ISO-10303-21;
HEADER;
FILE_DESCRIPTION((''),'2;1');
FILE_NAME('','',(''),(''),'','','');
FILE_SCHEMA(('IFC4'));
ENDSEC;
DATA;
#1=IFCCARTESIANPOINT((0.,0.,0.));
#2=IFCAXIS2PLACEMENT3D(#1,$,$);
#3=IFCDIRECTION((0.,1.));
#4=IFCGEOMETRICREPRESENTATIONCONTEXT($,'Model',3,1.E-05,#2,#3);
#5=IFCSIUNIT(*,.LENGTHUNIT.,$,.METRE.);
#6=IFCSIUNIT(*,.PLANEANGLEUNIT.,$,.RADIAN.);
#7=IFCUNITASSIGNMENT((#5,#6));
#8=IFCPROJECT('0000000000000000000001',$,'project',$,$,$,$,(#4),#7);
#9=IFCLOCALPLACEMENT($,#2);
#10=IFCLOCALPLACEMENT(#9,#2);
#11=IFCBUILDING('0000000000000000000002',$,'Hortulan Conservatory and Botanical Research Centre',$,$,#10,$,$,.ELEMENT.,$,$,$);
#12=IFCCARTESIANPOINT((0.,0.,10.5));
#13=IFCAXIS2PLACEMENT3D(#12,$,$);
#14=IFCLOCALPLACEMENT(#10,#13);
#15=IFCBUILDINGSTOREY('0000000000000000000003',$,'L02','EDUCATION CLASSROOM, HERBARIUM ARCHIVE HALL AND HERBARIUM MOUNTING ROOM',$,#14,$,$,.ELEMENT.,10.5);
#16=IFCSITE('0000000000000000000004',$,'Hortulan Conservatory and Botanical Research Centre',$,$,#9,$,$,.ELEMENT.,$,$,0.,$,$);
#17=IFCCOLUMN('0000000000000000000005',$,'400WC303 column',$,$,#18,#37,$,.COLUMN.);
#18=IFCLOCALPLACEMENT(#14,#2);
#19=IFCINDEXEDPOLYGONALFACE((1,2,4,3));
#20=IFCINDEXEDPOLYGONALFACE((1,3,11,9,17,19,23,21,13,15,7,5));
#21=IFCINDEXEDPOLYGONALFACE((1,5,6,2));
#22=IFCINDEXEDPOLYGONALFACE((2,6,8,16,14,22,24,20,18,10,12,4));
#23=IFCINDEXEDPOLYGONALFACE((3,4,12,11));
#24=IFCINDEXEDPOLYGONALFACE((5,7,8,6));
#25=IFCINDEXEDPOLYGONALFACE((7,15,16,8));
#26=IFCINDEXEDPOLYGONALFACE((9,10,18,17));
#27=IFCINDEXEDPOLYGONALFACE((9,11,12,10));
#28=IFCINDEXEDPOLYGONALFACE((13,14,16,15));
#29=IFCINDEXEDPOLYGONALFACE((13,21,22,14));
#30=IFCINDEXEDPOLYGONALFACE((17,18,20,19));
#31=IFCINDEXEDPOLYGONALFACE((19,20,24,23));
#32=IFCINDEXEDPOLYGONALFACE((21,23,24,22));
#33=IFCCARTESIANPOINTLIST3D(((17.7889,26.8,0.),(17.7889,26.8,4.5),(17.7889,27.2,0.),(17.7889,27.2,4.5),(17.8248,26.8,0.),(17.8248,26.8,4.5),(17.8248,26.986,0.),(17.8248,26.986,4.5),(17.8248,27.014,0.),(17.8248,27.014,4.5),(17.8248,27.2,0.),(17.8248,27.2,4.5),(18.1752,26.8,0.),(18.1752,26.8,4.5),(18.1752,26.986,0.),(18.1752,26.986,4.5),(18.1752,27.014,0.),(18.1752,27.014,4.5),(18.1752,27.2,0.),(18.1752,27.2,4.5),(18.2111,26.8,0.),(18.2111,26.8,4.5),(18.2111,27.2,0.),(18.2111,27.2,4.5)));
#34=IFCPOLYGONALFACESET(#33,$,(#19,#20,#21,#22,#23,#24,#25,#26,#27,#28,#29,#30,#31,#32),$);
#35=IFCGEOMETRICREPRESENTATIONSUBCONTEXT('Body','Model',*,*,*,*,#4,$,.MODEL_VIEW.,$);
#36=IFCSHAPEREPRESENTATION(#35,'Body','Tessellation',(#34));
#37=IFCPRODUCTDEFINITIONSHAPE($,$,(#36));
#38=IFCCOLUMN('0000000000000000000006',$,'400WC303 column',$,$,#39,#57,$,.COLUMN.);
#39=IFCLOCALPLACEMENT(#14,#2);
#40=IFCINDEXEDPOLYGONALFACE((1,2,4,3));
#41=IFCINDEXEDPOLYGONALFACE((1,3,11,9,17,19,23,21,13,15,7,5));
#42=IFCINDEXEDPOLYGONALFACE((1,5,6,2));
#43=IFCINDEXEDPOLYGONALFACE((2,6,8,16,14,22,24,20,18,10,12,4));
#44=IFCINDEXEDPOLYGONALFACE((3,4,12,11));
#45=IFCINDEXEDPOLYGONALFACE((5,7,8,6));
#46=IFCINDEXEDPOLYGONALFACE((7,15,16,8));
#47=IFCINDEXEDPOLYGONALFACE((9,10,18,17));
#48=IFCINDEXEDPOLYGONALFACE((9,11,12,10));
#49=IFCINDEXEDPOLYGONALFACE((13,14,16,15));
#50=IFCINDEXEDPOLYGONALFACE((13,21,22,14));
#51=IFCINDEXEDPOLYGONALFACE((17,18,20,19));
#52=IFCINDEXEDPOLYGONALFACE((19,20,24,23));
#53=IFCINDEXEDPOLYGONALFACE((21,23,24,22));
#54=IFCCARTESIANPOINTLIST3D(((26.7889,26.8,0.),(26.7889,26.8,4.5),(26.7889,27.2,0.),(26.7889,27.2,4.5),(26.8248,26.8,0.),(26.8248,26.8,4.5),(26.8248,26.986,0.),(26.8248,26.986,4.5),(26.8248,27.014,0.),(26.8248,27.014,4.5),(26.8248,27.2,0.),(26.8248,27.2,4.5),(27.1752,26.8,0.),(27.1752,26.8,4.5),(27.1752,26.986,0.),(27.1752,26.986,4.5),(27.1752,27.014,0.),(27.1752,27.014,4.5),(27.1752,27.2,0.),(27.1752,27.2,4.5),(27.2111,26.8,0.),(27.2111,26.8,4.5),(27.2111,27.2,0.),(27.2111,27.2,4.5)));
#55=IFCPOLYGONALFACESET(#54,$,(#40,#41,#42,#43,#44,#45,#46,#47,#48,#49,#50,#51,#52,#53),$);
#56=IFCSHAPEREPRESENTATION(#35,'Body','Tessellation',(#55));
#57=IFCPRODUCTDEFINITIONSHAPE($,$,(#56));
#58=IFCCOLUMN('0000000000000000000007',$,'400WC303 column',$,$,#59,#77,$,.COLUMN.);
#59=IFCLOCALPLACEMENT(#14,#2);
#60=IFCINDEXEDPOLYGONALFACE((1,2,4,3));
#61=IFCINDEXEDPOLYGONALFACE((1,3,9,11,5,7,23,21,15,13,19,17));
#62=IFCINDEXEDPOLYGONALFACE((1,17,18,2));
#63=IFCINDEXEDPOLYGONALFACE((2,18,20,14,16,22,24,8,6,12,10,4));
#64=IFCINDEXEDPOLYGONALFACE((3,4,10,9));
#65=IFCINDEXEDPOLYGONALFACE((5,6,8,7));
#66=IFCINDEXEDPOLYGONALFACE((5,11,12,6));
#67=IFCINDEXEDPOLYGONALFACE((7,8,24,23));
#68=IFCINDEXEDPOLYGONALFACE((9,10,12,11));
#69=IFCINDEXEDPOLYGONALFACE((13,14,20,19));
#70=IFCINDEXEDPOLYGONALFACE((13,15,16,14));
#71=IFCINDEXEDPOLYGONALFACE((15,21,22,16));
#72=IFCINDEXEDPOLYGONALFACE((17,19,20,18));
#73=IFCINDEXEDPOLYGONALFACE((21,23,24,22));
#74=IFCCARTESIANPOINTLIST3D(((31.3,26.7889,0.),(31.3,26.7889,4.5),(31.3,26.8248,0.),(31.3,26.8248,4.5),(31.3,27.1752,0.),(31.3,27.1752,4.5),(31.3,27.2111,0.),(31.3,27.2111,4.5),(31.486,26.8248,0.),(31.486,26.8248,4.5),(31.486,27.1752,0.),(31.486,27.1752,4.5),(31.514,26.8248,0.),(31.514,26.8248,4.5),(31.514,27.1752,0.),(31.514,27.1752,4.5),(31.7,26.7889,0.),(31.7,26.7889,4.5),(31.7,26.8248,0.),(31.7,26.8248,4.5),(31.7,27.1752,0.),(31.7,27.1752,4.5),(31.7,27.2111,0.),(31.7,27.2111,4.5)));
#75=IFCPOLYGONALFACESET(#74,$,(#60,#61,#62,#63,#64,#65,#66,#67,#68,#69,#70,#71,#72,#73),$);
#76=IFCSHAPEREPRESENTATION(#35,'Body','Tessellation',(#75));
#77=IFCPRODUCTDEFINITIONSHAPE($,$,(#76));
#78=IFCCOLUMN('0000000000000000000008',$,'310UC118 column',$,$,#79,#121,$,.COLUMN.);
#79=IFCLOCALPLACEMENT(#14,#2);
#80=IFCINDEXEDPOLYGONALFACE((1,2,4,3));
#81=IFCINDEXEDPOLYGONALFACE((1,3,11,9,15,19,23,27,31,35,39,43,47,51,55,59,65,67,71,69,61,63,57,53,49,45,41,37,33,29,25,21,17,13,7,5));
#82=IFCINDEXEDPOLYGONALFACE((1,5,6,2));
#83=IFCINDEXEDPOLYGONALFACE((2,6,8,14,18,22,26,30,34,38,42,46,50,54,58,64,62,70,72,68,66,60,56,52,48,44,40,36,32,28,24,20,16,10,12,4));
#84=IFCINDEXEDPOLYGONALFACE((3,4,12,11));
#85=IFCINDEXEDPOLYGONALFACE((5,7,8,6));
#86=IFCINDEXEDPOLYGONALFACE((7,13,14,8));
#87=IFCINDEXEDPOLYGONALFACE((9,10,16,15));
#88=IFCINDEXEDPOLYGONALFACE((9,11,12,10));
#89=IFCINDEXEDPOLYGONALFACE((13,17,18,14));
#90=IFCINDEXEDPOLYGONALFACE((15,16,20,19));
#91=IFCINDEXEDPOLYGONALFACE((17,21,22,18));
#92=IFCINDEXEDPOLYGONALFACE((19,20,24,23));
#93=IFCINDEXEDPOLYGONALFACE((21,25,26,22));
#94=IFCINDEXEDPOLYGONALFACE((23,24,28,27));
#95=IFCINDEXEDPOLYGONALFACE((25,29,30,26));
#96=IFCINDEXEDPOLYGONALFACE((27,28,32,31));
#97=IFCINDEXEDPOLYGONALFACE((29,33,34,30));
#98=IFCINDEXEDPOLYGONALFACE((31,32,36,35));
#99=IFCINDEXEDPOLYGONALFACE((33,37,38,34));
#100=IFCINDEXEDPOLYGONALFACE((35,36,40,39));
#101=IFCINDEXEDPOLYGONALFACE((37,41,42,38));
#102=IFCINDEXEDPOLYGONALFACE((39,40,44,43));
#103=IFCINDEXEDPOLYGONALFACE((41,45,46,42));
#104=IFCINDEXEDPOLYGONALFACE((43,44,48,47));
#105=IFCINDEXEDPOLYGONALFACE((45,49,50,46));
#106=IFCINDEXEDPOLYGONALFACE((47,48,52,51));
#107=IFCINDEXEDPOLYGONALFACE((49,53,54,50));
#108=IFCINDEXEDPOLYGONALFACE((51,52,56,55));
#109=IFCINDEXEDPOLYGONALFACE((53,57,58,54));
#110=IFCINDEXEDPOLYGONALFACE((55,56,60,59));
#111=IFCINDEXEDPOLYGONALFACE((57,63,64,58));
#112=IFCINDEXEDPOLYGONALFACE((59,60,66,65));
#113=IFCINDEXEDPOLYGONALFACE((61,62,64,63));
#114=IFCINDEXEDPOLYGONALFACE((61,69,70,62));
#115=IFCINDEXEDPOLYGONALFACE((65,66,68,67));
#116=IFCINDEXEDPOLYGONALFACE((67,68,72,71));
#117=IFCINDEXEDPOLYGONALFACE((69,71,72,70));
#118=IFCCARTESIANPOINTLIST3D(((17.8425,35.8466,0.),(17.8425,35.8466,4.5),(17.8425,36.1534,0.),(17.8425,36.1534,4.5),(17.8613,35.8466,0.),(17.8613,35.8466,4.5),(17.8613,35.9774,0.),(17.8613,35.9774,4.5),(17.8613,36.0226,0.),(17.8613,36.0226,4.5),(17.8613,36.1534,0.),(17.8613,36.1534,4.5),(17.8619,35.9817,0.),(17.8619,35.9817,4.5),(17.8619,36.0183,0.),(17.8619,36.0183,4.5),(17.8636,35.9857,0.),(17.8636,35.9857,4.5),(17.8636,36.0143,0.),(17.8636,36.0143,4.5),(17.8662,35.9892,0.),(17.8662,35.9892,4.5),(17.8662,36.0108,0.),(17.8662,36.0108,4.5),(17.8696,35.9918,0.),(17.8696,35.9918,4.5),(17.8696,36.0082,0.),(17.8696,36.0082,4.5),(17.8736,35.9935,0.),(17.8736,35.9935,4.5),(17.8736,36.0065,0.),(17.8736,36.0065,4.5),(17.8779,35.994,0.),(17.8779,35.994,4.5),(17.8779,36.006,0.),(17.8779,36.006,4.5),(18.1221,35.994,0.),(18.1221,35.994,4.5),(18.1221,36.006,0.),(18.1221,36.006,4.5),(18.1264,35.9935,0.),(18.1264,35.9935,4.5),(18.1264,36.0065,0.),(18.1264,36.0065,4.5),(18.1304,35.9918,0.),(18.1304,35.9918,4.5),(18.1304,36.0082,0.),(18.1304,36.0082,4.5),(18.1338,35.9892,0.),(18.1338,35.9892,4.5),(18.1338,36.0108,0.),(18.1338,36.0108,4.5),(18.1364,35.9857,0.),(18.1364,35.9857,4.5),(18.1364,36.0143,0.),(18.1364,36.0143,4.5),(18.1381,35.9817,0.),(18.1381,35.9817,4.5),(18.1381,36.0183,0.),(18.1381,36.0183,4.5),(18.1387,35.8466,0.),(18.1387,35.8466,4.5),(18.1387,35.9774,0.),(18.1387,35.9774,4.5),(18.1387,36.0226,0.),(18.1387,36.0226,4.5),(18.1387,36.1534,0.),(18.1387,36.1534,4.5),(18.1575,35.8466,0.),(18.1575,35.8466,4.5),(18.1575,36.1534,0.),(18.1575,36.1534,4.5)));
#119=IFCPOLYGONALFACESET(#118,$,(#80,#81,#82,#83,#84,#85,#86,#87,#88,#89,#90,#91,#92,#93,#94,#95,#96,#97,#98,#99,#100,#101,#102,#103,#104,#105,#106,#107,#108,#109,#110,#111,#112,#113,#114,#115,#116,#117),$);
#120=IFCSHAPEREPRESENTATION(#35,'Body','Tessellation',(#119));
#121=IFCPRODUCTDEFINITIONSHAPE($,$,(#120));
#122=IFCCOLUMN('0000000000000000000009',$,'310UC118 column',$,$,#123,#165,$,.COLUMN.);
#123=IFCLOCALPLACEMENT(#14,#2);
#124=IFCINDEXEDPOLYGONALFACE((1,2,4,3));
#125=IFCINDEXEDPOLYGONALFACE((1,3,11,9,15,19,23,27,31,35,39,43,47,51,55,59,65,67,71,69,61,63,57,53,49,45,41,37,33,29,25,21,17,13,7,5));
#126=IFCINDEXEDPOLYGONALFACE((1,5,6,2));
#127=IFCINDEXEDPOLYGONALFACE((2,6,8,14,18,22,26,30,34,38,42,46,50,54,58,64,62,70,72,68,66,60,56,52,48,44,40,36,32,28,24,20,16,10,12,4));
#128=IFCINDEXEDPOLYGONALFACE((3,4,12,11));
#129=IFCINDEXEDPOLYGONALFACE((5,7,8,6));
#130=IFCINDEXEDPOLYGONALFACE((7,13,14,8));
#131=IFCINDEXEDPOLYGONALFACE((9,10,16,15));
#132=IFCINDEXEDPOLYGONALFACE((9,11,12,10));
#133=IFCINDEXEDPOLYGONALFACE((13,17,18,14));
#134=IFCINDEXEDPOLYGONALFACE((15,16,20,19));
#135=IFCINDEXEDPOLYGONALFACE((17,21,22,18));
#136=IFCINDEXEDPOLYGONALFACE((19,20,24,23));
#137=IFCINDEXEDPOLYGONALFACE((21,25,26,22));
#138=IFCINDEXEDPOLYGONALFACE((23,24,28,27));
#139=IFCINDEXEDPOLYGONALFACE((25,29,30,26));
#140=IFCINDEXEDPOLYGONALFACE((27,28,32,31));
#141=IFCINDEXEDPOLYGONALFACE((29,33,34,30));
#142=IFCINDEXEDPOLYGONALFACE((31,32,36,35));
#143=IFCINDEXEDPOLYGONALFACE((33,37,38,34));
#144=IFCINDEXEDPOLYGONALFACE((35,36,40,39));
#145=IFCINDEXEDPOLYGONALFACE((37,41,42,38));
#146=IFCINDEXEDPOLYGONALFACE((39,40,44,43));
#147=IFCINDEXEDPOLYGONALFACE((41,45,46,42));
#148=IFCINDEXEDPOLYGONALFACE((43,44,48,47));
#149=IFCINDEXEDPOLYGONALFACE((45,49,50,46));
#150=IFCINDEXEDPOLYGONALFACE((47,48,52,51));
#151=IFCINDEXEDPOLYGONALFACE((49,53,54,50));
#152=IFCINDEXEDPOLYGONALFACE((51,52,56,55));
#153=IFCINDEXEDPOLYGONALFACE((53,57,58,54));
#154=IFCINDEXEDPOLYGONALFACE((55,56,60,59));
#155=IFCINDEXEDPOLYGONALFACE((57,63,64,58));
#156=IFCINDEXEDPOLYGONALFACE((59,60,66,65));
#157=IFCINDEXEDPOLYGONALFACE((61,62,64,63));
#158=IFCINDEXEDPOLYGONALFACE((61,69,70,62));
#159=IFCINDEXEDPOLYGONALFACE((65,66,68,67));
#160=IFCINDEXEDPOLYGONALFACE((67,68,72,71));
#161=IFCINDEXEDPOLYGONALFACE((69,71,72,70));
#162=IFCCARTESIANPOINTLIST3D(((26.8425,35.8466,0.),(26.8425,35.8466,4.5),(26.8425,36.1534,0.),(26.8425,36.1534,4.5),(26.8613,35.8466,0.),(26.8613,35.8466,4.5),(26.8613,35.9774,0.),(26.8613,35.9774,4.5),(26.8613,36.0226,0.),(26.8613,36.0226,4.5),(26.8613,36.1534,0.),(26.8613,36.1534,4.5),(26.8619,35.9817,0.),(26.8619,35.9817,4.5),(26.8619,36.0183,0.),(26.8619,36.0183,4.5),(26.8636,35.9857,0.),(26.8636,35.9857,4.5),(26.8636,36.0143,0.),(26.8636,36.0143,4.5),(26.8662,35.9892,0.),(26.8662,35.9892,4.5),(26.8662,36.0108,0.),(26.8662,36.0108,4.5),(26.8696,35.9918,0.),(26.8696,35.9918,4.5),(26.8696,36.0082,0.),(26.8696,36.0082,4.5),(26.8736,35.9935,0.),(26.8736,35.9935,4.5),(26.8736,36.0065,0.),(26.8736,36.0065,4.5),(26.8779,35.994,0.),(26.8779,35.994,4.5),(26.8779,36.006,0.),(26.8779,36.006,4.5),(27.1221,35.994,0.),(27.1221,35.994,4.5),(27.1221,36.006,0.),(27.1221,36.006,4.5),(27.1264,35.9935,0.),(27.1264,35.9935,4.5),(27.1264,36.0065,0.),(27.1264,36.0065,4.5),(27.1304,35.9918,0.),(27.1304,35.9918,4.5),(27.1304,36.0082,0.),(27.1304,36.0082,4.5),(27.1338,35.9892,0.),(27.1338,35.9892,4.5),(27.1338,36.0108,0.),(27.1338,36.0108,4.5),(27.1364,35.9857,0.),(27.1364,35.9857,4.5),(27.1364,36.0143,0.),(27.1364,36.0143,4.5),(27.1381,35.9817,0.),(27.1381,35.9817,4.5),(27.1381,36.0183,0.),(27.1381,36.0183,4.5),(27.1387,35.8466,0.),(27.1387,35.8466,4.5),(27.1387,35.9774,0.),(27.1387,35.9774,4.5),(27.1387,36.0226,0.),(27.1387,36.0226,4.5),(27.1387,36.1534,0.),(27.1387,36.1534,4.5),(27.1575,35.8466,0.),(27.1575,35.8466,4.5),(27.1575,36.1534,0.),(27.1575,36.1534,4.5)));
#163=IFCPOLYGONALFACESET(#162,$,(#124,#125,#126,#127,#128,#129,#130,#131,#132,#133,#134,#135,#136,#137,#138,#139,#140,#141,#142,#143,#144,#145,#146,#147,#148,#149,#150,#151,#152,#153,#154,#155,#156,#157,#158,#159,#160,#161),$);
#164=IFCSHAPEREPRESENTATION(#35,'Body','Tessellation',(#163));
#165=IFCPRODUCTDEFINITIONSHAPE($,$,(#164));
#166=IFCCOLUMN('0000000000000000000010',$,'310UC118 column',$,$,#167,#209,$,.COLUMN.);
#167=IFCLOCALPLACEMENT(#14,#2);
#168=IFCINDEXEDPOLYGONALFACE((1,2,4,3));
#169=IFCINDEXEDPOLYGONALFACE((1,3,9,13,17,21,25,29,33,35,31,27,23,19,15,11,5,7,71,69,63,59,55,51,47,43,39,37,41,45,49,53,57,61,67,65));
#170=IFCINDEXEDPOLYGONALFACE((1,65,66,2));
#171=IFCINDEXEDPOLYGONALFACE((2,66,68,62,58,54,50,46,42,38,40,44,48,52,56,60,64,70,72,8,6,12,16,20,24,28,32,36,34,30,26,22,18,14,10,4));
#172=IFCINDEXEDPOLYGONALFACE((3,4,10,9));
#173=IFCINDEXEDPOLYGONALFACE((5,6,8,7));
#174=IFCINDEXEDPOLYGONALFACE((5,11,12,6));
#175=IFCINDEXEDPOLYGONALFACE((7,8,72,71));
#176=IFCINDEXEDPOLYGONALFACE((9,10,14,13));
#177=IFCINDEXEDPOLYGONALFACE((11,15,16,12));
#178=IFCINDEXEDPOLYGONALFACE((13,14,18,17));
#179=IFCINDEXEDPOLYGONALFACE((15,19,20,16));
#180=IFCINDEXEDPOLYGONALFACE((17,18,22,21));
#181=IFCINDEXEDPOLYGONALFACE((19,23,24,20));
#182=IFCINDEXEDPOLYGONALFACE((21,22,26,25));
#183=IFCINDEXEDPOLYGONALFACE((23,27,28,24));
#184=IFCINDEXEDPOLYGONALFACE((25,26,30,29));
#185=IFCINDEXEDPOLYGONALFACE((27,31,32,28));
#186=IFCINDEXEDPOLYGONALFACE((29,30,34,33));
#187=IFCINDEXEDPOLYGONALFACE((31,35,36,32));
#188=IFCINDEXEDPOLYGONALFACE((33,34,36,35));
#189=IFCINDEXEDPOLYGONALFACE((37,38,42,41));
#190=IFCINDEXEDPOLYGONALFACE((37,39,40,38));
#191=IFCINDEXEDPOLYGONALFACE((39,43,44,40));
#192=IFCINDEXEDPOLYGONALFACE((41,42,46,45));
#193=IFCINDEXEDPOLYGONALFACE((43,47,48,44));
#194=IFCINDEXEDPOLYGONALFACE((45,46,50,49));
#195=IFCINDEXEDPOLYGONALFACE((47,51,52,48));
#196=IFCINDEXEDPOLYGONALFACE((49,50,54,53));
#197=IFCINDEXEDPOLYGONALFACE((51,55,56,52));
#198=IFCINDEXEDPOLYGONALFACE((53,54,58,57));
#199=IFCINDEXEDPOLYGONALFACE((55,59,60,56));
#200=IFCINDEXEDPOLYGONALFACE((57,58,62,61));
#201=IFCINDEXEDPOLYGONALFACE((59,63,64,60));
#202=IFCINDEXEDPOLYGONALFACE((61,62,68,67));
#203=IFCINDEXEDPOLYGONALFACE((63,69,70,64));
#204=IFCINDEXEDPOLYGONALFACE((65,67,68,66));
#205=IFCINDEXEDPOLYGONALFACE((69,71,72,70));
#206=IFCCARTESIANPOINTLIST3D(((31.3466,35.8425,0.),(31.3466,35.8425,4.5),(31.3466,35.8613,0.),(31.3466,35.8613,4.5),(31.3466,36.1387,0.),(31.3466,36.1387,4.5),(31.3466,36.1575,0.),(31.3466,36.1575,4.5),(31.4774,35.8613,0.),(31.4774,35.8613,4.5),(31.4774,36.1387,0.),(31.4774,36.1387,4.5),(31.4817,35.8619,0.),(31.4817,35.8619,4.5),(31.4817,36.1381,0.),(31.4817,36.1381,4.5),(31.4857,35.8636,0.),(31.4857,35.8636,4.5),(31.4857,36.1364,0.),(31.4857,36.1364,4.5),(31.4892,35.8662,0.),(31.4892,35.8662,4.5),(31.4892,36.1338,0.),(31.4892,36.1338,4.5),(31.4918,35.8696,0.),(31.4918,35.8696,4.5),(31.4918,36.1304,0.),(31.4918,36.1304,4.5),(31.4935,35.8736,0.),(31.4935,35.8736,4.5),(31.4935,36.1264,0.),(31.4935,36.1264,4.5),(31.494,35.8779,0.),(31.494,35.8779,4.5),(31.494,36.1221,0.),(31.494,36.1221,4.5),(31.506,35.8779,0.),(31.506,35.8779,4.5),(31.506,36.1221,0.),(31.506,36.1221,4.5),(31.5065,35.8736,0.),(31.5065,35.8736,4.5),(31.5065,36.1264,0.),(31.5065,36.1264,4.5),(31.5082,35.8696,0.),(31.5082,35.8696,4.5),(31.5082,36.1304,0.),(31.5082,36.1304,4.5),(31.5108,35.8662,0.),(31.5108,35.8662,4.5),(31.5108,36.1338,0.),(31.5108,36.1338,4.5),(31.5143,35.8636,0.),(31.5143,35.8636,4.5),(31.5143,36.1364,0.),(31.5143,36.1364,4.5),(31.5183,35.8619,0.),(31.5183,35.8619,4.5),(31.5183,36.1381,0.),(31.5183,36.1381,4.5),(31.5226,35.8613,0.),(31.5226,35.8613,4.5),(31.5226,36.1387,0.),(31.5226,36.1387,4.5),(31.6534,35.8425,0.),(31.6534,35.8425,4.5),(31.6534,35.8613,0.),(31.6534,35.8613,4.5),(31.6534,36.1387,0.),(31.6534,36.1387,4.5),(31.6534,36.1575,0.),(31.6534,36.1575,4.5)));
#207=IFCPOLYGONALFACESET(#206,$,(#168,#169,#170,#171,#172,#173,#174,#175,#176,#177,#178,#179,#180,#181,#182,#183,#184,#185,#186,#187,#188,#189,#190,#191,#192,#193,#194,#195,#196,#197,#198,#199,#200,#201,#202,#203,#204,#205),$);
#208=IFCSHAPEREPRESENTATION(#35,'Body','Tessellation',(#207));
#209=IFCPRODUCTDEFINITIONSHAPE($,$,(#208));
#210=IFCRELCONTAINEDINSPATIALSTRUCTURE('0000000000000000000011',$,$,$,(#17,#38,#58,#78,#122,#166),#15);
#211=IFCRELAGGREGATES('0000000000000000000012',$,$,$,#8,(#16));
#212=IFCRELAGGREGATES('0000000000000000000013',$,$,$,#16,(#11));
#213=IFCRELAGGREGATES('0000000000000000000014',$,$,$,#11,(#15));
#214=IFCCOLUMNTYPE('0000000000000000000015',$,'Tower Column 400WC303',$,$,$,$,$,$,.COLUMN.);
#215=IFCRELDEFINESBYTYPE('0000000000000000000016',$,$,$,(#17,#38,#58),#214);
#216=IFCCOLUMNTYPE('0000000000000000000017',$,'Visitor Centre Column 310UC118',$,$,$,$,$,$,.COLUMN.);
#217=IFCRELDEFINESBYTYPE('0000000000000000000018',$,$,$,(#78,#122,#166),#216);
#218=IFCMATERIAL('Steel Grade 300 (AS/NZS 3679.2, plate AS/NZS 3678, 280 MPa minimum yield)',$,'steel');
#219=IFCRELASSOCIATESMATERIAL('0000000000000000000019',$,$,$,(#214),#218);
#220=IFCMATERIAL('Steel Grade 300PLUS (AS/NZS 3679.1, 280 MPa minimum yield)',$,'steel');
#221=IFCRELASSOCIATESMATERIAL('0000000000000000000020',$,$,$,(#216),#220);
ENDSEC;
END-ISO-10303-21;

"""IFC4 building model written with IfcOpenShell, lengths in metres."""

from ifc_helpers import new_model, si_unit, direction, frame, origin, origin_2d, place, context, subcontext, project, spatial, i_section, extrude, material, material_profile, profile_set, type_object, element, save


model = new_model("IFC4")

# Units and contexts
model_context = context("Model", 3, precision=1e-05, world=origin(), true_north=direction((0.0, 1.0)))
body_context = subcontext(model_context, "Body", "Model", "MODEL_VIEW")
ifc_project = project(units=[si_unit("LENGTHUNIT", "METRE"), si_unit("PLANEANGLEUNIT", "RADIAN")], contexts=[model_context])

# Site, building, storey
site_placement = place(None, origin())
site = spatial("IfcSite", under=ifc_project, at=site_placement, Name="Hortulan Conservatory and Botanical Research Centre", CompositionType="ELEMENT", RefElevation=0.0)
building_placement = place(site_placement, origin())
building = spatial("IfcBuilding", under=site, at=building_placement, Name="Hortulan Conservatory and Botanical Research Centre", CompositionType="ELEMENT")
storey_placement = place(building_placement, frame((0.0, 0.0, 10.5)))
storey = spatial("IfcBuildingStorey", under=building, at=storey_placement, Name="L02", Description="EDUCATION CLASSROOM, HERBARIUM ARCHIVE HALL AND HERBARIUM MOUNTING ROOM", CompositionType="ELEMENT", Elevation=10.5)

# Columns
ifc_material_1 = material(Name="Steel Grade 300 (AS/NZS 3679.2, plate AS/NZS 3678, 280 MPa minimum yield)", Category="steel")
ifc_material_profile_1 = material_profile(ifc_material_1, i_section(OverallWidth=0.3999, OverallDepth=0.4221, WebThickness=0.0281, FlangeThickness=0.0359, at=origin_2d()), Name="400WC303")
ifc_profile_set_1 = profile_set([ifc_material_profile_1], Name="Steel Grade 300 (AS/NZS 3679.2, plate AS/NZS 3678, 280 MPa minimum yield)")
column_type_1 = type_object("IfcColumnType", Name="Tower Column 400WC303", PredefinedType="COLUMN", material=ifc_profile_set_1)
for number, where, z_axis, x_axis, name in (
    (1, (18.0, 27.0, 0.0), (0.0, 0.0, 1.0), (0.0, 1.0, 0.0), "400WC303 column"),
    (2, (27.0, 27.0, 0.0), (0.0, 0.0, 1.0), (0.0, 1.0, 0.0), "400WC303 column"),
    (3, (31.5, 27.0, 0.0), (0.0, 0.0, 1.0), (1.0, 0.0, 0.0), "400WC303 column"),
):
    element("IfcColumn", number, at=place(storey_placement, frame(where, z_axis=z_axis, x_axis=x_axis)), inside=storey, type_object=column_type_1, Name=name, PredefinedType="COLUMN", context=body_context, shape_type="SweptSolid", body=[
        extrude(i_section(OverallWidth=0.3999, OverallDepth=0.4221, WebThickness=0.0281, FlangeThickness=0.0359, at=origin_2d()), origin(), (0.0, 0.0, 1.0), 4.5),
    ])
ifc_material_2 = material(Name="Steel Grade 300PLUS (AS/NZS 3679.1, 280 MPa minimum yield)", Category="steel")
ifc_material_profile_2 = material_profile(ifc_material_2, i_section(OverallWidth=0.3069, OverallDepth=0.3149, WebThickness=0.012, FlangeThickness=0.0188, FilletRadius=0.0166, at=origin_2d()), Name="310UC118")
ifc_profile_set_2 = profile_set([ifc_material_profile_2], Name="Steel Grade 300PLUS (AS/NZS 3679.1, 280 MPa minimum yield)")
column_type_2 = type_object("IfcColumnType", Name="Visitor Centre Column 310UC118", PredefinedType="COLUMN", material=ifc_profile_set_2)
for number, where, z_axis, x_axis, name in (
    (4, (18.0, 36.0, 0.0), (0.0, 0.0, 1.0), (0.0, 1.0, 0.0), "310UC118 column"),
    (5, (27.0, 36.0, 0.0), (0.0, 0.0, 1.0), (0.0, 1.0, 0.0), "310UC118 column"),
    (6, (31.5, 36.0, 0.0), (0.0, 0.0, 1.0), (1.0, 0.0, 0.0), "310UC118 column"),
):
    element("IfcColumn", number, at=place(storey_placement, frame(where, z_axis=z_axis, x_axis=x_axis)), inside=storey, type_object=column_type_2, Name=name, PredefinedType="COLUMN", context=body_context, shape_type="SweptSolid", body=[
        extrude(i_section(OverallWidth=0.3069, OverallDepth=0.3149, WebThickness=0.012, FlangeThickness=0.0188, FilletRadius=0.0166, at=origin_2d()), origin(), (0.0, 0.0, 1.0), 4.5),
    ])

save(model, "model.ifc")
